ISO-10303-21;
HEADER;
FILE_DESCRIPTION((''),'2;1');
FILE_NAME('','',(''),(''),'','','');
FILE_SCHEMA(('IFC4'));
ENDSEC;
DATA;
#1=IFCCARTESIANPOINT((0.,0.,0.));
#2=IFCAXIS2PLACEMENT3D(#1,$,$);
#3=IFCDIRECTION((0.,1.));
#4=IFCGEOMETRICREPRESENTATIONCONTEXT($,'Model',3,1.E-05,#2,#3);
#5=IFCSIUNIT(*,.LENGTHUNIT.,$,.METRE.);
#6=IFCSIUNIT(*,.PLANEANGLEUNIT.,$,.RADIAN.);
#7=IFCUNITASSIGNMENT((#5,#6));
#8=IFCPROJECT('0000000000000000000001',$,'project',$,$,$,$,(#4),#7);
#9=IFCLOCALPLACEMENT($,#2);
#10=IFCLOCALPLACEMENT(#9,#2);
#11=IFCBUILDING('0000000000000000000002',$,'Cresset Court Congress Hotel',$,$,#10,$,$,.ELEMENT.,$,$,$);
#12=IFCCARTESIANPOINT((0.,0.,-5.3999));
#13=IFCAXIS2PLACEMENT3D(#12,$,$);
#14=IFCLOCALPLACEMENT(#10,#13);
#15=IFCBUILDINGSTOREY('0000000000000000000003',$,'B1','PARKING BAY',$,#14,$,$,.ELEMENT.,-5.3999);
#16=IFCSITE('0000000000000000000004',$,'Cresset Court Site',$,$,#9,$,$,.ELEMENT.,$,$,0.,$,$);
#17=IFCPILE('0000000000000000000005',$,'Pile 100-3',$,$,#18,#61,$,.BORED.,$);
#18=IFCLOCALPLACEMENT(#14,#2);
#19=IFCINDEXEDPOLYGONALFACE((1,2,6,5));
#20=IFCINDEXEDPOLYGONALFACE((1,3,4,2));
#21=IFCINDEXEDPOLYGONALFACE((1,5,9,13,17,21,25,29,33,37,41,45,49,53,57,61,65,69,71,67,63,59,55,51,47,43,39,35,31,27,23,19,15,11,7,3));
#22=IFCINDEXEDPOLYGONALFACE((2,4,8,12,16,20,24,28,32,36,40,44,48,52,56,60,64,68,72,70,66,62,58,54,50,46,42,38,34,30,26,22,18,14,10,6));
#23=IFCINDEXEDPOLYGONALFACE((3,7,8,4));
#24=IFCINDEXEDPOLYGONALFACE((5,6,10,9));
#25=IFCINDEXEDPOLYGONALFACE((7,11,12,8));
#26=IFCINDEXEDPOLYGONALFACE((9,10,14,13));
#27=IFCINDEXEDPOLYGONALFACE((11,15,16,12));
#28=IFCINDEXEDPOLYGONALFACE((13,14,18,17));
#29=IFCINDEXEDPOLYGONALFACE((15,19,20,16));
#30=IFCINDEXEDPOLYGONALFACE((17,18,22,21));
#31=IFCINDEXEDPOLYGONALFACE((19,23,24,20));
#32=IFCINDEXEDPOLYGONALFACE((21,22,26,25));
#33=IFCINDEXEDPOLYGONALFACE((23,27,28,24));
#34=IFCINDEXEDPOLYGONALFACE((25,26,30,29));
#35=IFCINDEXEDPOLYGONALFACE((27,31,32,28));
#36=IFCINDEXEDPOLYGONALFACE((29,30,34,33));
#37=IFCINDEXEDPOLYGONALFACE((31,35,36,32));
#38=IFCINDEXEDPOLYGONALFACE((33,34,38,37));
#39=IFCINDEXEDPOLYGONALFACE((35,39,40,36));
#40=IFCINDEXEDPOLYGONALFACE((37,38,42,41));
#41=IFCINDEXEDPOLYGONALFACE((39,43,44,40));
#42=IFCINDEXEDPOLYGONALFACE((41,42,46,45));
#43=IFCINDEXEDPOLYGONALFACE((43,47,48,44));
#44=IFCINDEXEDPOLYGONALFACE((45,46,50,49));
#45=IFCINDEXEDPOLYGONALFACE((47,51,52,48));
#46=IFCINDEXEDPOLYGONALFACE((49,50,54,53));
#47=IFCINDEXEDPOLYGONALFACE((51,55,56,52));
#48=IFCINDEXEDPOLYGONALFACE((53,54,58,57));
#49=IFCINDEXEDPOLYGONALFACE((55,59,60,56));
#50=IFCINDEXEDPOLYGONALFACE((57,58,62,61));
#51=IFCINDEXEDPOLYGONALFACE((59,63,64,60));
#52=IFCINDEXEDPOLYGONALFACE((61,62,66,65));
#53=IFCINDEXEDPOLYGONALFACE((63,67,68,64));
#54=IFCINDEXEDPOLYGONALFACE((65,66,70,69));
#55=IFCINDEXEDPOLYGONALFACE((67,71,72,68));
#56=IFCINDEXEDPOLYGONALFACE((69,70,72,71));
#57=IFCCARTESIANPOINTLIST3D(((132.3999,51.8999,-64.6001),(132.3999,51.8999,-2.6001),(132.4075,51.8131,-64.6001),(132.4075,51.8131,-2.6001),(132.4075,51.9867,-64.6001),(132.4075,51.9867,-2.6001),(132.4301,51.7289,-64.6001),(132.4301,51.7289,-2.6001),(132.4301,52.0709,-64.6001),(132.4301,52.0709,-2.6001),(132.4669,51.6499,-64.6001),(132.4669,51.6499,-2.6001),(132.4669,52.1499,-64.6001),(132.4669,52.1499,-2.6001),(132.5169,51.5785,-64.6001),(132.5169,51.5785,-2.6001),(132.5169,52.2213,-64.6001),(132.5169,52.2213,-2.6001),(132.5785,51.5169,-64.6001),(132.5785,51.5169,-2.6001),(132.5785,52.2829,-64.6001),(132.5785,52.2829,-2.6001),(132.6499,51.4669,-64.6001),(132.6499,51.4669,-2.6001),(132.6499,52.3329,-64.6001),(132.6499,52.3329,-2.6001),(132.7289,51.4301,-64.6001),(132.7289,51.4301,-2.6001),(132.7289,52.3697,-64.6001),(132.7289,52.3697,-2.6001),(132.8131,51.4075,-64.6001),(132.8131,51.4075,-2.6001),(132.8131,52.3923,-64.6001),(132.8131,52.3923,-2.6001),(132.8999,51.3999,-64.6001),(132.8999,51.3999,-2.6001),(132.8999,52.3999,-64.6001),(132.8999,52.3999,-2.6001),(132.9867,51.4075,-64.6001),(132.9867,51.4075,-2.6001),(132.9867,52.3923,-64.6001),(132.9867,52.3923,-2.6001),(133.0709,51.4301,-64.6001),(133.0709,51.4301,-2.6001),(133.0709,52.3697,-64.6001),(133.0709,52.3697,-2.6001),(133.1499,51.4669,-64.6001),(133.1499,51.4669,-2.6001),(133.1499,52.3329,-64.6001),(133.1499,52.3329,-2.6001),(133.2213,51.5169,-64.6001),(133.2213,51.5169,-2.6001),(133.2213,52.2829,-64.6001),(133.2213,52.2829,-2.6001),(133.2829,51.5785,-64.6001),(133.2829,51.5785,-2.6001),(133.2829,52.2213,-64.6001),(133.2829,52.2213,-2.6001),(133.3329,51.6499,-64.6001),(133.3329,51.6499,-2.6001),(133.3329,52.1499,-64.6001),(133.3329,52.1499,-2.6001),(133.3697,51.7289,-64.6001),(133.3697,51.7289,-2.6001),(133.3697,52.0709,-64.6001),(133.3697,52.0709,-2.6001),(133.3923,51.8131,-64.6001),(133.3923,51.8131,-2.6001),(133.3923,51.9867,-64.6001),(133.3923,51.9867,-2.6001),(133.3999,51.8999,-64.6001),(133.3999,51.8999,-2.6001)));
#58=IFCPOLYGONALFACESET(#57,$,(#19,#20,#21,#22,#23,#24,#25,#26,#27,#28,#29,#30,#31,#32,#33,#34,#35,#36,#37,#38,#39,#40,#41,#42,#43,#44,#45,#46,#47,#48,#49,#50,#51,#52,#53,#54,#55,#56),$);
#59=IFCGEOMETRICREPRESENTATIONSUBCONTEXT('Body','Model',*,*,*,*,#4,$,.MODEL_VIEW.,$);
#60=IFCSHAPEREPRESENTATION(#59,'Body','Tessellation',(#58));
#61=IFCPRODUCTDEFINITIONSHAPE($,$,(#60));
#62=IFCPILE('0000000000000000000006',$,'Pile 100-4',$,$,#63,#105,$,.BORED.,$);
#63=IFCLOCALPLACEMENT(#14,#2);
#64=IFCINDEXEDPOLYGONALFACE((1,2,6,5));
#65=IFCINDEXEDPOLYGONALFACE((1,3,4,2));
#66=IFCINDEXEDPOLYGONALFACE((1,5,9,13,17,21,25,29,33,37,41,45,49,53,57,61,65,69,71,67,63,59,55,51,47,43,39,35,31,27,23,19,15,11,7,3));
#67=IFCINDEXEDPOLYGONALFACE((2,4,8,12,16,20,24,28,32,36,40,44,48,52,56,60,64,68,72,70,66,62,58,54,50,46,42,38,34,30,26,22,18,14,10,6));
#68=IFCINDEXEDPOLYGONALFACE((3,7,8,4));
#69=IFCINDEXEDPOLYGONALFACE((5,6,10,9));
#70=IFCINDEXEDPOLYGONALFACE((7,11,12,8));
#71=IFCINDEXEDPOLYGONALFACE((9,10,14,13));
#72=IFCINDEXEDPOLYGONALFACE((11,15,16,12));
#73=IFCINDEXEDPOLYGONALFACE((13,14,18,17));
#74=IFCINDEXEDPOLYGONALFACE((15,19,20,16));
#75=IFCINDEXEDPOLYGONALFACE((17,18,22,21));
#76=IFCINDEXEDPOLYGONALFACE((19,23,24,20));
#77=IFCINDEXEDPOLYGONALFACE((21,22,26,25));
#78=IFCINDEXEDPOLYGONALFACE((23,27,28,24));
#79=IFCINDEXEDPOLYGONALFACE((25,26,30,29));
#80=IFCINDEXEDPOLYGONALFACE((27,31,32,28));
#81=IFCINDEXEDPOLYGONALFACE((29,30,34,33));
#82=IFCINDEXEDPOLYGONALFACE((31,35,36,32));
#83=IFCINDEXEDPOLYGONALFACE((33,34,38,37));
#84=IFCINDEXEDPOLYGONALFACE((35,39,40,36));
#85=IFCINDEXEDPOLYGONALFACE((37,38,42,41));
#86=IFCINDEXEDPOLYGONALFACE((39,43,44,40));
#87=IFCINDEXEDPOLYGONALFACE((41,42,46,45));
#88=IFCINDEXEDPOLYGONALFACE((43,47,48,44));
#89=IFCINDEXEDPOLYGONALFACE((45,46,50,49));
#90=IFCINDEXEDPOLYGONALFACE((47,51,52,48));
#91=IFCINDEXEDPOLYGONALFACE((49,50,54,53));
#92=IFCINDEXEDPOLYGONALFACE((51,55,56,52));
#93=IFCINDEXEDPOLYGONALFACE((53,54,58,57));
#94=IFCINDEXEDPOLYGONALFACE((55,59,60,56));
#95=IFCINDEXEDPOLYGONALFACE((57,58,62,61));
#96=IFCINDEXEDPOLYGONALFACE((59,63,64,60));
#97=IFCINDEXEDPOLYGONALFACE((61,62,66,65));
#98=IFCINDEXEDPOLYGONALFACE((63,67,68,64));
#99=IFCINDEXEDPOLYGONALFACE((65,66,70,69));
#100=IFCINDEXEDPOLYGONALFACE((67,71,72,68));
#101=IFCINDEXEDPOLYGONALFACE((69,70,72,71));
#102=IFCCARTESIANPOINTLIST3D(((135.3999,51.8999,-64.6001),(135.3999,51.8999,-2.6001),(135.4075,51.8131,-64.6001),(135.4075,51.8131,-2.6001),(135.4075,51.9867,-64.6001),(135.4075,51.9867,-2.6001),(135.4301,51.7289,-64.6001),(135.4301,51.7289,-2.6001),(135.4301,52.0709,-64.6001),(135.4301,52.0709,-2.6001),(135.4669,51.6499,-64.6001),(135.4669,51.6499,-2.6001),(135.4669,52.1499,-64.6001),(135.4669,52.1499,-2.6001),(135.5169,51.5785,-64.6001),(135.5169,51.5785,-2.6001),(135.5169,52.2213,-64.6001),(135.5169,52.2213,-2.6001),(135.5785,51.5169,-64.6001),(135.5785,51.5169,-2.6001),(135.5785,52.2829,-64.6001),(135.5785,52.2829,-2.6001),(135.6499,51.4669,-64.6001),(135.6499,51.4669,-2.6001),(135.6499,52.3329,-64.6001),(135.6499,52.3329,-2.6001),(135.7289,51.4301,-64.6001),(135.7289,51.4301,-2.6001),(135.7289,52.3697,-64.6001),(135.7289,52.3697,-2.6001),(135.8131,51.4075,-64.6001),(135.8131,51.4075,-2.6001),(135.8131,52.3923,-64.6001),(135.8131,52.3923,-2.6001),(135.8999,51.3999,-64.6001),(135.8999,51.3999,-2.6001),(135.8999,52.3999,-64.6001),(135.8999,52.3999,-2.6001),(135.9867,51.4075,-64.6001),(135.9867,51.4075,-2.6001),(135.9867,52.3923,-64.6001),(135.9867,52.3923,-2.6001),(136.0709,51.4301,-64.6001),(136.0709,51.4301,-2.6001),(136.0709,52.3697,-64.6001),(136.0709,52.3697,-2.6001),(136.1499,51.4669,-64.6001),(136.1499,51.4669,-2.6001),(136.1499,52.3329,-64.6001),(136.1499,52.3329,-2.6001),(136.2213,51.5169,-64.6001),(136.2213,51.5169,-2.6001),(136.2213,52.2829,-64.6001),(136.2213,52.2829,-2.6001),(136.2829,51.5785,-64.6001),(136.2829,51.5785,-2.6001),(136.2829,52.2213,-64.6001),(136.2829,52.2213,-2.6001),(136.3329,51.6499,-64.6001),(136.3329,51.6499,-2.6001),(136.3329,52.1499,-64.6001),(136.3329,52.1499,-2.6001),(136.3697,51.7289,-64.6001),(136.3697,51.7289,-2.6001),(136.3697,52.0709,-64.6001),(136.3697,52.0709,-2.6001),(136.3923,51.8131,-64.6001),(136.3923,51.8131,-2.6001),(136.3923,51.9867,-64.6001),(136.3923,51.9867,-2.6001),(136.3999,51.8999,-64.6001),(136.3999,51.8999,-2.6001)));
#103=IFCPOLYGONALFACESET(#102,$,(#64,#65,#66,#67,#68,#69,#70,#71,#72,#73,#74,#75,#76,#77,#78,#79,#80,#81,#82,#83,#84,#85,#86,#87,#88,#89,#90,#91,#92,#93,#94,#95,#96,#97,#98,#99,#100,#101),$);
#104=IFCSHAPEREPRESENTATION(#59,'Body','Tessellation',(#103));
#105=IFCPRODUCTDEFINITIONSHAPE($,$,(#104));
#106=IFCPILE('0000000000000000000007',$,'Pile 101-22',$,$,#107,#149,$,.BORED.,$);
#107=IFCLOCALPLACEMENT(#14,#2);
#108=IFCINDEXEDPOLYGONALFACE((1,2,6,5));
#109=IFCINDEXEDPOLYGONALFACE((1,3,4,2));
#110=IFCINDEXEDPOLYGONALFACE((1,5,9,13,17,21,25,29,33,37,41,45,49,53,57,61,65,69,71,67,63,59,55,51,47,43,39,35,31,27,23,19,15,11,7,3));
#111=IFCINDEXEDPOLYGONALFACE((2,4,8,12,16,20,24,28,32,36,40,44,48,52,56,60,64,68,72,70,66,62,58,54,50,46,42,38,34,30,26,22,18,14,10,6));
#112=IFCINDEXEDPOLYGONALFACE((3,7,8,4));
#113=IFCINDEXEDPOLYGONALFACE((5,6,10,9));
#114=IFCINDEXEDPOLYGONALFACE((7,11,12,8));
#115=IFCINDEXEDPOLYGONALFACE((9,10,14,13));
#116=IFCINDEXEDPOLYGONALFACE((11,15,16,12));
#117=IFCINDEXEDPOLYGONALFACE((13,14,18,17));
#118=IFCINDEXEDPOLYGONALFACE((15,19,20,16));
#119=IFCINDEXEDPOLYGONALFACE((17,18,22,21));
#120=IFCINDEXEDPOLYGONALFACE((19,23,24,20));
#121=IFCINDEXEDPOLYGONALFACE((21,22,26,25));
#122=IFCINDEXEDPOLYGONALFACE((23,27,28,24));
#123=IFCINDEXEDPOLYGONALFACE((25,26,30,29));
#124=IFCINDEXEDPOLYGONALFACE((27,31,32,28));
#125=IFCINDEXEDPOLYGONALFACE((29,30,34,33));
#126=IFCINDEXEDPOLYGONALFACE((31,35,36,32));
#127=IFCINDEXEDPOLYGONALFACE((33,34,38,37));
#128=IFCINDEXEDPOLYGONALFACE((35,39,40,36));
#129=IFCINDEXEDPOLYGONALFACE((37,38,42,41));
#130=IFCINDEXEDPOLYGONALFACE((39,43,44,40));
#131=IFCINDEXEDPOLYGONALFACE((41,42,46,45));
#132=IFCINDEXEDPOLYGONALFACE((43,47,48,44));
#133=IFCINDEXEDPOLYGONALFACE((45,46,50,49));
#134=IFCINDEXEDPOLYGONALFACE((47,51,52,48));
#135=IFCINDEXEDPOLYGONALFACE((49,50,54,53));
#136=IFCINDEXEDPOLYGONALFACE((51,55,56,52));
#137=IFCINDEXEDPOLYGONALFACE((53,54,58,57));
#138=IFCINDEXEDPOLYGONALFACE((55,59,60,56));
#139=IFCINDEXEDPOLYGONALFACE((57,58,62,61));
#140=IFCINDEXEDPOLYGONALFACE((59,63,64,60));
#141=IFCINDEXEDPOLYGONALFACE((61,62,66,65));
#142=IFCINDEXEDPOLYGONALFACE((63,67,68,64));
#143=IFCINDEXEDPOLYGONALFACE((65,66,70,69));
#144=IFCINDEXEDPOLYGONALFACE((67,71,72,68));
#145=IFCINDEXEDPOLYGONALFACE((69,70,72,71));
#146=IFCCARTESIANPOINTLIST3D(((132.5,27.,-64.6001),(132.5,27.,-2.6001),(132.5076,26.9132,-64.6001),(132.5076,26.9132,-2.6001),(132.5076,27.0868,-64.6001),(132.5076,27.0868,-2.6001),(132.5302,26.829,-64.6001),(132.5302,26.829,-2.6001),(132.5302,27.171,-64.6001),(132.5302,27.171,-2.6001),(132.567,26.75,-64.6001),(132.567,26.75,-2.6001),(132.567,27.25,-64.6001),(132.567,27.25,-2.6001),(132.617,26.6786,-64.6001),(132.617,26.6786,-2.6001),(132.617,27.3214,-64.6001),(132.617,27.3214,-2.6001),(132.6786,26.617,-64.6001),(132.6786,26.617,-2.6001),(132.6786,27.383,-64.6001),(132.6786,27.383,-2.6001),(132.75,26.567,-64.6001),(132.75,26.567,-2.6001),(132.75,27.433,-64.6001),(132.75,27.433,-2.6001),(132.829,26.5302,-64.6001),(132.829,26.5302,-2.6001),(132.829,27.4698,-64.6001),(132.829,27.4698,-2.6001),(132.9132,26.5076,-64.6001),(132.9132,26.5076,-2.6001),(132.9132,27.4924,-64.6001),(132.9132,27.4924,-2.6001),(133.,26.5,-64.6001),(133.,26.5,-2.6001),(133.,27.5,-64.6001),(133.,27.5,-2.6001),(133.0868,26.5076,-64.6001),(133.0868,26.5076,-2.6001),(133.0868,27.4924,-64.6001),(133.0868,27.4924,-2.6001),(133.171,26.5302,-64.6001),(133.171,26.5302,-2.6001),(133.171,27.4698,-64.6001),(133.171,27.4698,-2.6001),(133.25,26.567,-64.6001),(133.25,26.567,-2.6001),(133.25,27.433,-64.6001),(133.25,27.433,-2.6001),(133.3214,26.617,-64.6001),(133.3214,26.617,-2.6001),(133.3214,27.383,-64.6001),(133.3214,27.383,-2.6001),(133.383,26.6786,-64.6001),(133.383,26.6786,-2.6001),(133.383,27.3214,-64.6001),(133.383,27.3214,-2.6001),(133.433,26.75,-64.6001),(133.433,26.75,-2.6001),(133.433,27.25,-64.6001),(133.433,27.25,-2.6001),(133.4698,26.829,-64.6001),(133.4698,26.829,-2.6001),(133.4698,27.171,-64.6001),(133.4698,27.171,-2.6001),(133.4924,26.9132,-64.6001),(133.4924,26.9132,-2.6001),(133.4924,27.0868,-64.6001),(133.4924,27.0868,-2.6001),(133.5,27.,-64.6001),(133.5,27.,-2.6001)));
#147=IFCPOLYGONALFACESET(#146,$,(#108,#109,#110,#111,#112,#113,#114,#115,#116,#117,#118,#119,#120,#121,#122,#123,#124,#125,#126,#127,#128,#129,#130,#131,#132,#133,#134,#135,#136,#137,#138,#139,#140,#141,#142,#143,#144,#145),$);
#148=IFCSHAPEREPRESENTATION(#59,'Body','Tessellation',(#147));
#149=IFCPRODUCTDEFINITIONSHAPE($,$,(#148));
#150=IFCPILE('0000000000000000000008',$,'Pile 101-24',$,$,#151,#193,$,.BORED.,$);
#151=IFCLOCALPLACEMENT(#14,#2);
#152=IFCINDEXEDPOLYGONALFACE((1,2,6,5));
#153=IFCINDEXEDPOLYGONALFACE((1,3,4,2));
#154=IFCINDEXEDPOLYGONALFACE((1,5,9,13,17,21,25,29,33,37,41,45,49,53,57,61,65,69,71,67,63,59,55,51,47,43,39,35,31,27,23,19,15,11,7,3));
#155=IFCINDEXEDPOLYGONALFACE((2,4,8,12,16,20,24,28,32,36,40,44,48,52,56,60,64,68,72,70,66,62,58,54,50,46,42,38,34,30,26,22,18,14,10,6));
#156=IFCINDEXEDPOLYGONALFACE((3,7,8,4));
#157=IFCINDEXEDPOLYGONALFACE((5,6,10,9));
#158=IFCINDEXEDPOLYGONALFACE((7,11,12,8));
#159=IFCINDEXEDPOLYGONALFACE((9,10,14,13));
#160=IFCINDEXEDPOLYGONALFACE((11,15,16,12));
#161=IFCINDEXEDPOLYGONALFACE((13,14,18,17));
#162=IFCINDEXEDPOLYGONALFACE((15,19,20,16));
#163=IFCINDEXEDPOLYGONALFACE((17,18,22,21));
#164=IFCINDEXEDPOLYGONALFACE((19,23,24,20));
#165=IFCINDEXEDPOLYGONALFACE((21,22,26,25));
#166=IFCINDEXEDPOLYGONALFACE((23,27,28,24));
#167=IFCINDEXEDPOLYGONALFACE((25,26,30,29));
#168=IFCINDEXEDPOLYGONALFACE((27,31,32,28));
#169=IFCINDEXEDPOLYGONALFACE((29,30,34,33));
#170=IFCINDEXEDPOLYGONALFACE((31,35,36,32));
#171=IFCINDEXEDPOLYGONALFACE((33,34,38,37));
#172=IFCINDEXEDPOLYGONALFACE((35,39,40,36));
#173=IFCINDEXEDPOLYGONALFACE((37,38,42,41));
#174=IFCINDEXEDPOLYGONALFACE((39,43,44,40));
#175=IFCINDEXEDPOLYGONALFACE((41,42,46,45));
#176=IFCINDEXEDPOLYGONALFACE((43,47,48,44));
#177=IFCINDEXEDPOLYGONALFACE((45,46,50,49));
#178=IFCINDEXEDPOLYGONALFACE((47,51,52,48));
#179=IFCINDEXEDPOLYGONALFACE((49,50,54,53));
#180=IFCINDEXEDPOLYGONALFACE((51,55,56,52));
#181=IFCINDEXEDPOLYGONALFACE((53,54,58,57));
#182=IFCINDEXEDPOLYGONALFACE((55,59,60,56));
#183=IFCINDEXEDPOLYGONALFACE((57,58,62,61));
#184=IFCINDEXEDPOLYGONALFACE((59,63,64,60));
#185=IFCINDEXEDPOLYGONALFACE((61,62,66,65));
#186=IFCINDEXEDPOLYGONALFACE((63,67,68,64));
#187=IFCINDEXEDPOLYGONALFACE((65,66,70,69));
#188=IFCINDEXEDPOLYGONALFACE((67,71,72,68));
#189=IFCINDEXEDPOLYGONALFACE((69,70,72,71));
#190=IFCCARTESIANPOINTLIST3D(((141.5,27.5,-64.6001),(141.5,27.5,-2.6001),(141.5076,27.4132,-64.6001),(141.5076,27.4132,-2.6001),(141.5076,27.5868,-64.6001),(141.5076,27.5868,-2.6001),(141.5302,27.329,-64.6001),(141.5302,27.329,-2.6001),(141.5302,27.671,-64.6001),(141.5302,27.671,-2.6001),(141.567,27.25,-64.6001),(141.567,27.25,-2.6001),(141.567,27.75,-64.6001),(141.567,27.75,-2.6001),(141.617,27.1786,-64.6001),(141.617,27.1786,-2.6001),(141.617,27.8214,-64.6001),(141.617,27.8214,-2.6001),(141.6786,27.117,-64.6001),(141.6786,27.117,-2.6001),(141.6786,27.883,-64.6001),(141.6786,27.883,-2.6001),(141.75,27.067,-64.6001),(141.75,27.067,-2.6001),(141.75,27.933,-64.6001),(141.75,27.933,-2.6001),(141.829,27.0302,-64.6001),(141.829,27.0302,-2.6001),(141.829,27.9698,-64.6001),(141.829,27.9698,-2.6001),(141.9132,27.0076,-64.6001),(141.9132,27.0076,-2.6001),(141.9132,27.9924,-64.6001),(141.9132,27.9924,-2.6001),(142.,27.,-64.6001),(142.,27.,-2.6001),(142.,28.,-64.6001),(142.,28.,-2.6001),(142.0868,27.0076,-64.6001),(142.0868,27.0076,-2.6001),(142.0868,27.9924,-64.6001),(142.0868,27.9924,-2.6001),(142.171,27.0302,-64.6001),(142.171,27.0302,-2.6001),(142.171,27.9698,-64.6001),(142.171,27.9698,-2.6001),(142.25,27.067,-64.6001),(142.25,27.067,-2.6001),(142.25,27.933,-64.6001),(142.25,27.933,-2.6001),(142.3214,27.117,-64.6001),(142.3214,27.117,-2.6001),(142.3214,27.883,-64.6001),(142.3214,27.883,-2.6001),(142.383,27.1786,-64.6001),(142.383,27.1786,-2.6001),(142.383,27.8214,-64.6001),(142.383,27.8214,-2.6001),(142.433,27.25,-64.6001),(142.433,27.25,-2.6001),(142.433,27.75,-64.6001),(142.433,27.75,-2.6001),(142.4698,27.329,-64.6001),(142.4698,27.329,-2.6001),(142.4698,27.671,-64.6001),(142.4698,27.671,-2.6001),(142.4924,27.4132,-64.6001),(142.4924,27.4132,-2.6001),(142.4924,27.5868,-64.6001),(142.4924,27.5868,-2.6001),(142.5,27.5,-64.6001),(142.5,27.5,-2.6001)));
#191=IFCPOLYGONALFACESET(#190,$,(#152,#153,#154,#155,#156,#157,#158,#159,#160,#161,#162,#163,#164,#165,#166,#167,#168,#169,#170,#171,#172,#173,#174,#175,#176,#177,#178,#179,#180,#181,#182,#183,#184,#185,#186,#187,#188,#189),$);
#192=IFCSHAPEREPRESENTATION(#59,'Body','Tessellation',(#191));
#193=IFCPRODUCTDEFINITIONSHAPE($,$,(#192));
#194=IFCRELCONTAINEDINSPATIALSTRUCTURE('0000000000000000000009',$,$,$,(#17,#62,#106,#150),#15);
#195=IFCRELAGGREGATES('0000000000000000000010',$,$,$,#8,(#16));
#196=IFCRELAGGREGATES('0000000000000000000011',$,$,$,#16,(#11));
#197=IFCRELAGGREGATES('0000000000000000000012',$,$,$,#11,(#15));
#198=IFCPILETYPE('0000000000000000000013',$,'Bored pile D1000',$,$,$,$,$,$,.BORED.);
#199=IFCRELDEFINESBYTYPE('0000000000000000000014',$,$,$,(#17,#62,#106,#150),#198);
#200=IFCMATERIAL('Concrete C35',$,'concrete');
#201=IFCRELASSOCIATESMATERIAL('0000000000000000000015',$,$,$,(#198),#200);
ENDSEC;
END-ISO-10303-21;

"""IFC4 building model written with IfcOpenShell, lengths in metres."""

from ifc_helpers import new_model, si_unit, direction, frame, origin, origin_2d, place, context, subcontext, project, spatial, circle, extrude, material, type_object, element, save


model = new_model("IFC4")

# Units and contexts
model_context = context("Model", 3, precision=1e-05, world=origin(), true_north=direction((0.0, 1.0)))
body_context = subcontext(model_context, "Body", "Model", "MODEL_VIEW")
ifc_project = project(units=[si_unit("LENGTHUNIT", "METRE"), si_unit("PLANEANGLEUNIT", "RADIAN")], contexts=[model_context])

# Site, building, storey
site_placement = place(None, origin())
site = spatial("IfcSite", under=ifc_project, at=site_placement, Name="Cresset Court Site", CompositionType="ELEMENT", RefElevation=0.0)
building_placement = place(site_placement, origin())
building = spatial("IfcBuilding", under=site, at=building_placement, Name="Cresset Court Congress Hotel", CompositionType="ELEMENT")
storey_placement = place(building_placement, frame((0.0, 0.0, -5.3999)))
storey = spatial("IfcBuildingStorey", under=building, at=storey_placement, Name="B1", Description="PARKING BAY", CompositionType="ELEMENT", Elevation=-5.3999)

# Piles
ifc_material_1 = material(Name="Concrete C35", Category="concrete")
pile_type = type_object("IfcPileType", Name="Bored pile D1000", PredefinedType="BORED", material=ifc_material_1)
for number, where, z_axis, x_axis, name in (
    (1, (132.8999, 51.8999, -2.6001), (0.0, 0.0, -1.0), (1.0, 0.0, 0.0), "Pile 100-3"),
    (2, (135.8999, 51.8999, -2.6001), (0.0, 0.0, -1.0), (1.0, 0.0, 0.0), "Pile 100-4"),
    (3, (133.0, 27.0, -2.6001), (0.0, 0.0, -1.0), (1.0, 0.0, 0.0), "Pile 101-22"),
    (4, (142.0, 27.5, -2.6001), (0.0, 0.0, -1.0), (1.0, 0.0, 0.0), "Pile 101-24"),
):
    element("IfcPile", number, at=place(storey_placement, frame(where, z_axis=z_axis, x_axis=x_axis)), inside=storey, type_object=pile_type, Name=name, PredefinedType="BORED", context=body_context, shape_type="SweptSolid", body=[
        extrude(circle(Radius=0.5, at=origin_2d()), origin(), (0.0, 0.0, 1.0), 62.0),
    ])

save(model, "model.ifc")
